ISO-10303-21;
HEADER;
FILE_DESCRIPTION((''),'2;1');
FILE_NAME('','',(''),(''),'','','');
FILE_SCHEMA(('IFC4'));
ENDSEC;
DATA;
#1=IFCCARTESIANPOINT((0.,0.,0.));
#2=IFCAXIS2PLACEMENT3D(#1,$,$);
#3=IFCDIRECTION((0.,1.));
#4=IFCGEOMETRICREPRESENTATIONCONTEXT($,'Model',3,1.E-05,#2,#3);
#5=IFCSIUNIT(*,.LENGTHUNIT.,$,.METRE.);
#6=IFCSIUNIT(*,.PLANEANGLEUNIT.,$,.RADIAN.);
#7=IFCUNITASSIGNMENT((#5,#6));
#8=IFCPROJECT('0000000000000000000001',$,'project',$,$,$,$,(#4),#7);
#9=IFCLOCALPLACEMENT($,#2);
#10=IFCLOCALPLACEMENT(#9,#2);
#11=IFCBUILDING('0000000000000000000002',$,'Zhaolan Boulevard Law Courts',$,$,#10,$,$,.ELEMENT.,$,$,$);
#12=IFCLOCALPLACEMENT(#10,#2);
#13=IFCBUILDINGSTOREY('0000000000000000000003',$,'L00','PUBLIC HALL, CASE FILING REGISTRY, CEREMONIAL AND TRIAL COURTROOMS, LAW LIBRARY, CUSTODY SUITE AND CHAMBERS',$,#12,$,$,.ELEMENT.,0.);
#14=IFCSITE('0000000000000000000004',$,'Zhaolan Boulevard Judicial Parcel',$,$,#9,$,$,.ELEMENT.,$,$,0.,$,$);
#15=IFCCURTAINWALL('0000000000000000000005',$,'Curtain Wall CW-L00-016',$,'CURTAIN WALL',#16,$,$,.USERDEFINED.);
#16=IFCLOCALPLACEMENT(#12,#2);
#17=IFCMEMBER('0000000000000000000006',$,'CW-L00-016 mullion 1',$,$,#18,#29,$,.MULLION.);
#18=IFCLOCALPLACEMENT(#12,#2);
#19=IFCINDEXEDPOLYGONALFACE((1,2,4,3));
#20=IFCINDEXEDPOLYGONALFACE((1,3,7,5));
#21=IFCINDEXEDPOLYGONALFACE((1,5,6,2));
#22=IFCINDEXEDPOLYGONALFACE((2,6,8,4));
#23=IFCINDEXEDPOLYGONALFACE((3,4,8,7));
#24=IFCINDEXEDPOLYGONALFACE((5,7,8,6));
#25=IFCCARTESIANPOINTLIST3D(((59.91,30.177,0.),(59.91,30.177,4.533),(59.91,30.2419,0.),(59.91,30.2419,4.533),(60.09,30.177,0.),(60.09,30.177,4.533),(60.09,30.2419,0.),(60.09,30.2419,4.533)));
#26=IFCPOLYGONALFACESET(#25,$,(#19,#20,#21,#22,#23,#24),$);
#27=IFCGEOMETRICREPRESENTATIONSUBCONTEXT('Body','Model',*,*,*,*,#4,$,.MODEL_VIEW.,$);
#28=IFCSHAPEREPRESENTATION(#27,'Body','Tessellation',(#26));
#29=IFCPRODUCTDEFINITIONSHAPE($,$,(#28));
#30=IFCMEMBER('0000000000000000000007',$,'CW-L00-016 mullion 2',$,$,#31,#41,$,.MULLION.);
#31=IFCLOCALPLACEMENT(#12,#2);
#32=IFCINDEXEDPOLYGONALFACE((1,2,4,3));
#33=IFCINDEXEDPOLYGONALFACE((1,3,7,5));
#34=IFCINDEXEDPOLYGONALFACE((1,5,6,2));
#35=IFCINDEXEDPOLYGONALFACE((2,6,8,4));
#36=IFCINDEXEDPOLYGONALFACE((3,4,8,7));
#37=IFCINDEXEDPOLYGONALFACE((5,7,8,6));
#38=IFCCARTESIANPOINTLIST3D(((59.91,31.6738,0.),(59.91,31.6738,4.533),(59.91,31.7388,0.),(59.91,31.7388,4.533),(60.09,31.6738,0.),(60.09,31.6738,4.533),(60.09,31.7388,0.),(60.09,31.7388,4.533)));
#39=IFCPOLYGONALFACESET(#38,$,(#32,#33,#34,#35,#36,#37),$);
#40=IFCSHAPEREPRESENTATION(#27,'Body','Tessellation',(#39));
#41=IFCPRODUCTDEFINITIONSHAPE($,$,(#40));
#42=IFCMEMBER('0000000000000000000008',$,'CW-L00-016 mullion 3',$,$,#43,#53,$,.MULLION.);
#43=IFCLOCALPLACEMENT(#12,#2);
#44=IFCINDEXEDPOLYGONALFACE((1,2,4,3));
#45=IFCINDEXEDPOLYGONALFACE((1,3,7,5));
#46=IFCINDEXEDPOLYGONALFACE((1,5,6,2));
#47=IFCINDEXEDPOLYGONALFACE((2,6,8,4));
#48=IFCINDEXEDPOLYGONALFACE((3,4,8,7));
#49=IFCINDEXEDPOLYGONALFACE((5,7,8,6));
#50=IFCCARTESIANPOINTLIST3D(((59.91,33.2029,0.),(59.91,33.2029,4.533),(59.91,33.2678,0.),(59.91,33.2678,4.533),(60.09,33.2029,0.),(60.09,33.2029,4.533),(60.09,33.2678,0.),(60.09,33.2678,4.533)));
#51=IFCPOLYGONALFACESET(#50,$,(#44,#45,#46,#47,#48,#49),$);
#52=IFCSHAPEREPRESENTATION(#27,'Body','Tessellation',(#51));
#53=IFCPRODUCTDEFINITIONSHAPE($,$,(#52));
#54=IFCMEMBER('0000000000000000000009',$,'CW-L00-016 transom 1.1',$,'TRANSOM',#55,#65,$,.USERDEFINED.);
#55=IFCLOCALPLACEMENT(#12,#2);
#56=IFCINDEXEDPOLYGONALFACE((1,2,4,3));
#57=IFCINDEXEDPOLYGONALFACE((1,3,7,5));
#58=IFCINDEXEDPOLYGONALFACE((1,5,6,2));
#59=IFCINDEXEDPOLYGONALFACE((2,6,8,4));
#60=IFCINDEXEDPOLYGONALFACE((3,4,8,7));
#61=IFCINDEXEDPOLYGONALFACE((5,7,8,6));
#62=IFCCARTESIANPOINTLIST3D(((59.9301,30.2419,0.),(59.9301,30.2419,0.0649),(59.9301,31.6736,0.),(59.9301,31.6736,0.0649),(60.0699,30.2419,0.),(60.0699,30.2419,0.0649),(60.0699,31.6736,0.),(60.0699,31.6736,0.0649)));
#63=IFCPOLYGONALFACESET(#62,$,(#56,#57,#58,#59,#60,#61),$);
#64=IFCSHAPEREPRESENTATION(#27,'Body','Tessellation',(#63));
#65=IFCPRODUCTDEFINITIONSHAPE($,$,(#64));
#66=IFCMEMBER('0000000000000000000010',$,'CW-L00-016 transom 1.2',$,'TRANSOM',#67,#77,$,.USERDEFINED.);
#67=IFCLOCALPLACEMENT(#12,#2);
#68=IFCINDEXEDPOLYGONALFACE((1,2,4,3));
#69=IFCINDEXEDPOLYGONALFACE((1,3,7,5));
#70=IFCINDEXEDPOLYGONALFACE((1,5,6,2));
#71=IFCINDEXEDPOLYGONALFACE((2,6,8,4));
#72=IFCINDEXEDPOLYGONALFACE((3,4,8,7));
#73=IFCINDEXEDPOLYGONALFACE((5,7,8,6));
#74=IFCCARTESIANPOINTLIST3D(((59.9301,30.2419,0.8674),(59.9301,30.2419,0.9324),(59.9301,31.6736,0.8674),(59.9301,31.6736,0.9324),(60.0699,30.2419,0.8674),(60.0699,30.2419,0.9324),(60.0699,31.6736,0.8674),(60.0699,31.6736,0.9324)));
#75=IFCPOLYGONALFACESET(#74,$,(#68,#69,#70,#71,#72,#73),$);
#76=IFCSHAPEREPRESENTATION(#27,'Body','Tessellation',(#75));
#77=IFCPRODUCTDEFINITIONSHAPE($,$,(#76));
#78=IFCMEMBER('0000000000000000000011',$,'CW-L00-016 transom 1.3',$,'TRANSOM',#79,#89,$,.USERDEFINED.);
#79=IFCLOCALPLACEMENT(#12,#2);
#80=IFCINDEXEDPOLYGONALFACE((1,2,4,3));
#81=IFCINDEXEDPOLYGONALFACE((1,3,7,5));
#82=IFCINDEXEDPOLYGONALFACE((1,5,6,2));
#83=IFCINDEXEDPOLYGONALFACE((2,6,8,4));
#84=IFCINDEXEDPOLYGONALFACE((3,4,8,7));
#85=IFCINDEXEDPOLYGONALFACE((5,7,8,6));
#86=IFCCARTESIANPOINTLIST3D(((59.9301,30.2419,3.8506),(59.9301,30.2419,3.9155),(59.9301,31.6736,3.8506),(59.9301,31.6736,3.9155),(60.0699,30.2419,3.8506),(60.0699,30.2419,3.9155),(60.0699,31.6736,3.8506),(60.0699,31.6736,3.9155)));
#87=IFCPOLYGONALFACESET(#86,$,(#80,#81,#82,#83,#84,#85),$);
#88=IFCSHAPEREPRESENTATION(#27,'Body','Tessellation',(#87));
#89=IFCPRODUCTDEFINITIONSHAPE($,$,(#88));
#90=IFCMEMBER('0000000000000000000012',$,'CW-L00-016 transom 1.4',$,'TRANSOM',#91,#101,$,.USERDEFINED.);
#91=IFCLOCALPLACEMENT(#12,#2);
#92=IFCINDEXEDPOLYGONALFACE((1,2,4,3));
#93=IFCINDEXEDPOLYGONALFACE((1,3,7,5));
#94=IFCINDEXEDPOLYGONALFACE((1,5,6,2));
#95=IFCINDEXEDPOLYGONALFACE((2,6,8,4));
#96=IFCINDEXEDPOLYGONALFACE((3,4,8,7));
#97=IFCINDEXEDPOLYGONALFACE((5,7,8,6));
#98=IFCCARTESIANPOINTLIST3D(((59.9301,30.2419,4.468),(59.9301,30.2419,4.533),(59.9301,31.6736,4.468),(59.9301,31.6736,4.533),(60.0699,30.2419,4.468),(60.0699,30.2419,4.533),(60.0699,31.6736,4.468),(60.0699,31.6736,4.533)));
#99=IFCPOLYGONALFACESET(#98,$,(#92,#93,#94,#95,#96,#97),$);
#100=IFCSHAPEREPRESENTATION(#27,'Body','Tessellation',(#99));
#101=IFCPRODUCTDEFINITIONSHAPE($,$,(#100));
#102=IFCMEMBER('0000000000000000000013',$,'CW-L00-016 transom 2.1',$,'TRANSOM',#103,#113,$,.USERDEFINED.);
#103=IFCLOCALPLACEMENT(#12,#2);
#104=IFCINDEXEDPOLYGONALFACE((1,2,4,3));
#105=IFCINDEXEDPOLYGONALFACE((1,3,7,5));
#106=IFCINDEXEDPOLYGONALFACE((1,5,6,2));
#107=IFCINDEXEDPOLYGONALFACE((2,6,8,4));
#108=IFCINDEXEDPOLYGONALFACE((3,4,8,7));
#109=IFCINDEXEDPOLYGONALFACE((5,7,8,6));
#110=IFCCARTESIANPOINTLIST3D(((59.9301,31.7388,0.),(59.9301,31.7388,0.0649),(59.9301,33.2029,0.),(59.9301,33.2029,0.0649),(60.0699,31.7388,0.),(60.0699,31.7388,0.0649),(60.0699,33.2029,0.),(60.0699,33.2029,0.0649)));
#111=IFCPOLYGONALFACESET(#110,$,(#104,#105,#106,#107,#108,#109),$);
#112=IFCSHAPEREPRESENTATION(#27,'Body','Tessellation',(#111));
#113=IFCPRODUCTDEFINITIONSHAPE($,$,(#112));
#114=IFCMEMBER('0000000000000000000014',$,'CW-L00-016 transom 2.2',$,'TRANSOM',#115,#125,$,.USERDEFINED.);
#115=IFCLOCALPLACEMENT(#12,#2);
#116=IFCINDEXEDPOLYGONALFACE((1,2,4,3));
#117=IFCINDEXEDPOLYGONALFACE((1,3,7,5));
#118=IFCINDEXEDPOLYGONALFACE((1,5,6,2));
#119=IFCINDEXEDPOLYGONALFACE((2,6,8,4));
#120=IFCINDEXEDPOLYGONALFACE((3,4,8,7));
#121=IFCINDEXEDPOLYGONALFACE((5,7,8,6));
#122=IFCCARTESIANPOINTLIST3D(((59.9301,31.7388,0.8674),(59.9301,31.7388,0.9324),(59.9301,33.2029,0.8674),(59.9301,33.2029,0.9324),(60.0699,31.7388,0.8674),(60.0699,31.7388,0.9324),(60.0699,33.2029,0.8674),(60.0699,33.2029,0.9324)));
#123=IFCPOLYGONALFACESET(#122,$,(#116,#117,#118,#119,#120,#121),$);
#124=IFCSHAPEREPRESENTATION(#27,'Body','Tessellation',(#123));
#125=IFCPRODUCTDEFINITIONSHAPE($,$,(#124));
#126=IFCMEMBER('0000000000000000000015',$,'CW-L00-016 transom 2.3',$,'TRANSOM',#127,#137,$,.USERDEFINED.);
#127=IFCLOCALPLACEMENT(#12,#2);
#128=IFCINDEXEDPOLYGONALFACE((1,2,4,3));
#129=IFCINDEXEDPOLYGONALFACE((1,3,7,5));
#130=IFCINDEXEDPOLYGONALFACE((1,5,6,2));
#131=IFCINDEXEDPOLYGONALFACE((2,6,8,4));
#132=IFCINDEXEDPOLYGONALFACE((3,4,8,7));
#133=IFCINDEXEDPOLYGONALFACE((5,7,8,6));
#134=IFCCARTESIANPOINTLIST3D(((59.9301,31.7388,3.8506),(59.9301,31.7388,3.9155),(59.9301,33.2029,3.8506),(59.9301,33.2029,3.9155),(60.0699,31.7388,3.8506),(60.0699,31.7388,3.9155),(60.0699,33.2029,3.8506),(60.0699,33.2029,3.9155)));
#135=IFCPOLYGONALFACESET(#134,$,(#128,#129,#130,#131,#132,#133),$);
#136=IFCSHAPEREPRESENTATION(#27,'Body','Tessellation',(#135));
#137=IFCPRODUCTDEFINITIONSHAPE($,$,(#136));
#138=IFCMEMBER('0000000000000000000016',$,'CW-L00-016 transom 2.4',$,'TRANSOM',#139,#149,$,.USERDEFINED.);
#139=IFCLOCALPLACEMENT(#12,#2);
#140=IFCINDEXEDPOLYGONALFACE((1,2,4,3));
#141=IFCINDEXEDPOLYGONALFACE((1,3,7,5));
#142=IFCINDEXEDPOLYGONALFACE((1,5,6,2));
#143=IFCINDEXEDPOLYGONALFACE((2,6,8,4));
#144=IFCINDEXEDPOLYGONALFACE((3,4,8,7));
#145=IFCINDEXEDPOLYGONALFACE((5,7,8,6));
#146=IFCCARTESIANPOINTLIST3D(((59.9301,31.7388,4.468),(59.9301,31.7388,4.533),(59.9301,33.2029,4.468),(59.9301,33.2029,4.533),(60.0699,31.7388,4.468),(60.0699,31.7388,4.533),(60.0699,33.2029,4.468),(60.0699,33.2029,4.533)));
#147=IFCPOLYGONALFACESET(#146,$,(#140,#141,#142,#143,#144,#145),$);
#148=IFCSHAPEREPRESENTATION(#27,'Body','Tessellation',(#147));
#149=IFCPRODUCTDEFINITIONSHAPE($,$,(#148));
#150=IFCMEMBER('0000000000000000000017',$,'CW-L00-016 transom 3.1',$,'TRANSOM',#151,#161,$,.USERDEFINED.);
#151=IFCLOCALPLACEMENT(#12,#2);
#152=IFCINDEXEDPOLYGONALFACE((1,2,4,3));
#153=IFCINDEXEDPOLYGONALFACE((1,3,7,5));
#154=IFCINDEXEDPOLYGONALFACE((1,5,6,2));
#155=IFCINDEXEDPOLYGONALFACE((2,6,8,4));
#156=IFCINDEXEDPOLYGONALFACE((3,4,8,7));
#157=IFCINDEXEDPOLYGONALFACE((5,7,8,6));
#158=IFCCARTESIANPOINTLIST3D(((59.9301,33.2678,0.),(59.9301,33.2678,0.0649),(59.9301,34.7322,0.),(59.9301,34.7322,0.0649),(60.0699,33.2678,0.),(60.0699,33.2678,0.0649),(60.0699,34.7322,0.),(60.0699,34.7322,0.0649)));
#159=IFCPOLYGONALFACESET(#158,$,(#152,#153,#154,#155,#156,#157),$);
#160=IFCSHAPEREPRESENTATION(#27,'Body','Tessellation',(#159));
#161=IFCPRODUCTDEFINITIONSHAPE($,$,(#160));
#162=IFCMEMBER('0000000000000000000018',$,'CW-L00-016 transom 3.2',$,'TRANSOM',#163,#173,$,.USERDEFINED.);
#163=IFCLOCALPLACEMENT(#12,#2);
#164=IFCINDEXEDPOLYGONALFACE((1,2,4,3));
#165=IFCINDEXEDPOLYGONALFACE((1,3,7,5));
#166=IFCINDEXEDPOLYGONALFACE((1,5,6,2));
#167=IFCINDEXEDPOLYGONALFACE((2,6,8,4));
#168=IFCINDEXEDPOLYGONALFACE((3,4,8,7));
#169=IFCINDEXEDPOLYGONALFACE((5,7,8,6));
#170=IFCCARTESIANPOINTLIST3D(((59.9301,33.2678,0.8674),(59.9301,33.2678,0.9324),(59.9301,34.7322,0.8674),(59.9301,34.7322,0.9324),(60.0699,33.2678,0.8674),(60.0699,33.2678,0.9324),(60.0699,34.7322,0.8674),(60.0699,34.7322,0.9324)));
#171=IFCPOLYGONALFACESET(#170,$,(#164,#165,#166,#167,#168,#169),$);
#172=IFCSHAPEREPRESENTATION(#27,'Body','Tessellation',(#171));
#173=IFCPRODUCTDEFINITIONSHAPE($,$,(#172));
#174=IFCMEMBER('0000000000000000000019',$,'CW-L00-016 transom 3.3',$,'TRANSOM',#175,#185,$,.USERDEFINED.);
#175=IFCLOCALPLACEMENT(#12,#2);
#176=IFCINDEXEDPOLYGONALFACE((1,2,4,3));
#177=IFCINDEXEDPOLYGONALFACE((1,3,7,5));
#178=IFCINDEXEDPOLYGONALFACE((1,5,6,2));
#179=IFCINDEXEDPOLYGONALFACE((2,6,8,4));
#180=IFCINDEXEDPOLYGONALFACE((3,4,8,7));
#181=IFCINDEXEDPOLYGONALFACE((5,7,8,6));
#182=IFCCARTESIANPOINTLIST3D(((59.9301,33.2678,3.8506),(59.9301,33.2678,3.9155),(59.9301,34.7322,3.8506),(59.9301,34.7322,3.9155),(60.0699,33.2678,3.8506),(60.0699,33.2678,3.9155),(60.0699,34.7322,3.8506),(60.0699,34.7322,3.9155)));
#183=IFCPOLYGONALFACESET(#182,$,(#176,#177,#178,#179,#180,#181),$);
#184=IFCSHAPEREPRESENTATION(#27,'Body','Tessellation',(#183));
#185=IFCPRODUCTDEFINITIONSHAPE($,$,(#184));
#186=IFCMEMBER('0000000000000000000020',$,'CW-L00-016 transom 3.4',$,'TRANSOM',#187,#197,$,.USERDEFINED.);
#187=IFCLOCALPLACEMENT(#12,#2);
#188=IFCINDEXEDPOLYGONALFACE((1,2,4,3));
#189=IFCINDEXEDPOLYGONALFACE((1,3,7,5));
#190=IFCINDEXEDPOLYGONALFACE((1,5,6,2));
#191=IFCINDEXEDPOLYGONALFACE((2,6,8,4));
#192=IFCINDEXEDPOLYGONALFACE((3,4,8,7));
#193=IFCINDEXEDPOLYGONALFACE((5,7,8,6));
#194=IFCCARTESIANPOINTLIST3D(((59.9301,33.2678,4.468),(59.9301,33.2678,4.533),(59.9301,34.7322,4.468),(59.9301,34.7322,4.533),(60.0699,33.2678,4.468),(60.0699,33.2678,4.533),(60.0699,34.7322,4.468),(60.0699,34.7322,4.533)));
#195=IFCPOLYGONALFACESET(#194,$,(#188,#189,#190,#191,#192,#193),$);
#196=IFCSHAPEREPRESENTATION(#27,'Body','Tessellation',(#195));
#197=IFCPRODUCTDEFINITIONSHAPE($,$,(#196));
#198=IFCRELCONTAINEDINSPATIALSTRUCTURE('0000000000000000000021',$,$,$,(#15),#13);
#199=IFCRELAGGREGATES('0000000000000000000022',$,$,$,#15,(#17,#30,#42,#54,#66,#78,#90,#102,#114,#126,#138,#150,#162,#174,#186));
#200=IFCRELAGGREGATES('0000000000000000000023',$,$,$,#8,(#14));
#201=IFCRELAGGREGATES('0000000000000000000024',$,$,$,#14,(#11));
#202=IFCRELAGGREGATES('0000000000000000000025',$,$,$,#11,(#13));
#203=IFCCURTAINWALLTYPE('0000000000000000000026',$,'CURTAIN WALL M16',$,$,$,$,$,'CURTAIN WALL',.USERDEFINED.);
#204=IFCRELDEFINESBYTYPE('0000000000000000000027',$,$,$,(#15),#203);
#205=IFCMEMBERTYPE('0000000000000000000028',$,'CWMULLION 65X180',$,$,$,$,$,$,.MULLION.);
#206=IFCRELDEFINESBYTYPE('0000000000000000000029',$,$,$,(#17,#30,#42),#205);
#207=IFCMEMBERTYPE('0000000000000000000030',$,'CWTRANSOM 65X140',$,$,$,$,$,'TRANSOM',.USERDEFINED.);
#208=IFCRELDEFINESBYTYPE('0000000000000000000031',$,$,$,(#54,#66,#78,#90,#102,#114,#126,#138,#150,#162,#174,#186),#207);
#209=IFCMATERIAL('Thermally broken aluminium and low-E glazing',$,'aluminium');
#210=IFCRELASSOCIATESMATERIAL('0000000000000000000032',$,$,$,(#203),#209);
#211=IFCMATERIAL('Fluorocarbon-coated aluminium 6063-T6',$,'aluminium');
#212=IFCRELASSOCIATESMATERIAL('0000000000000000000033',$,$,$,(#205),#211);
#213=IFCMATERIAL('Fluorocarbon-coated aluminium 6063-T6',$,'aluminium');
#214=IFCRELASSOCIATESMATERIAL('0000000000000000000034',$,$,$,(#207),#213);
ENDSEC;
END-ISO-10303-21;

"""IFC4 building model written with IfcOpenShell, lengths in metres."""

from ifc_helpers import new_model, si_unit, direction, frame, origin, origin_2d, place, context, subcontext, project, spatial, rectangle, extrude, material, material_profile, profile_set, type_object, element, aggregate, save


model = new_model("IFC4")

# Units and contexts
model_context = context("Model", 3, precision=1e-05, world=origin(), true_north=direction((0.0, 1.0)))
body_context = subcontext(model_context, "Body", "Model", "MODEL_VIEW")
ifc_project = project(units=[si_unit("LENGTHUNIT", "METRE"), si_unit("PLANEANGLEUNIT", "RADIAN")], contexts=[model_context])

# Site, building, storey
site_placement = place(None, origin())
site = spatial("IfcSite", under=ifc_project, at=site_placement, Name="Zhaolan Boulevard Judicial Parcel", CompositionType="ELEMENT", RefElevation=0.0)
building_placement = place(site_placement, origin())
building = spatial("IfcBuilding", under=site, at=building_placement, Name="Zhaolan Boulevard Law Courts", CompositionType="ELEMENT")
storey_placement = place(building_placement, origin())
storey = spatial("IfcBuildingStorey", under=building, at=storey_placement, Name="L00", Description="PUBLIC HALL, CASE FILING REGISTRY, CEREMONIAL AND TRIAL COURTROOMS, LAW LIBRARY, CUSTODY SUITE AND CHAMBERS", CompositionType="ELEMENT", Elevation=0.0)

# Curtain wall, members
ifc_material_1 = material(Name="Thermally broken aluminium and low-E glazing", Category="aluminium")
curtain_wall_type = type_object("IfcCurtainWallType", Name="CURTAIN WALL M16", ElementType="CURTAIN WALL", PredefinedType="USERDEFINED", material=ifc_material_1)
curtain_wall_placement = place(storey_placement, origin())
curtain_wall = element("IfcCurtainWall", 1, at=curtain_wall_placement, inside=storey, type_object=curtain_wall_type, Name="Curtain Wall CW-L00-016", ObjectType="CURTAIN WALL", PredefinedType="USERDEFINED")
ifc_material_2 = material(Name="Fluorocarbon-coated aluminium 6063-T6", Category="aluminium")
ifc_material_profile_1 = material_profile(ifc_material_2, rectangle(XDim=0.1799, YDim=0.0649, at=origin_2d()), Name="AL65x180")
ifc_profile_set_1 = profile_set([ifc_material_profile_1], Name="Fluorocarbon-coated aluminium 6063-T6")
member_type_1 = type_object("IfcMemberType", Name="CWMULLION 65X180", PredefinedType="MULLION", material=ifc_profile_set_1)
member_1_placement = place(storey_placement, frame((60.0, 30.2095, 0.0), z_axis=(0.0, 0.0, 1.0), x_axis=(-1.0, 0.0, 0.0)))
member_1 = element("IfcMember", 2, at=member_1_placement, type_object=member_type_1, Name="CW-L00-016 mullion 1", PredefinedType="MULLION", context=body_context, shape_type="SweptSolid", body=[
    extrude(rectangle(XDim=0.1799, YDim=0.0649, at=origin_2d()), origin(), (0.0, 0.0, 1.0), 4.533),
])
member_2_placement = place(storey_placement, frame((60.0, 31.7063, 0.0), z_axis=(0.0, 0.0, 1.0), x_axis=(-1.0, 0.0, 0.0)))
member_2 = element("IfcMember", 3, at=member_2_placement, type_object=member_type_1, Name="CW-L00-016 mullion 2", PredefinedType="MULLION", context=body_context, shape_type="SweptSolid", body=[
    extrude(rectangle(XDim=0.1799, YDim=0.0649, at=origin_2d()), origin(), (0.0, 0.0, 1.0), 4.533),
])
member_3_placement = place(storey_placement, frame((60.0, 33.2354, 0.0), z_axis=(0.0, 0.0, 1.0), x_axis=(-1.0, 0.0, 0.0)))
member_3 = element("IfcMember", 4, at=member_3_placement, type_object=member_type_1, Name="CW-L00-016 mullion 3", PredefinedType="MULLION", context=body_context, shape_type="SweptSolid", body=[
    extrude(rectangle(XDim=0.1799, YDim=0.0649, at=origin_2d()), origin(), (0.0, 0.0, 1.0), 4.533),
])
ifc_material_3 = material(Name="Fluorocarbon-coated aluminium 6063-T6", Category="aluminium")
ifc_material_profile_2 = material_profile(ifc_material_3, rectangle(XDim=0.1399, YDim=0.0649, at=origin_2d()), Name="AL65x140")
ifc_profile_set_2 = profile_set([ifc_material_profile_2], Name="Fluorocarbon-coated aluminium 6063-T6")
member_type_2 = type_object("IfcMemberType", Name="CWTRANSOM 65X140", ElementType="TRANSOM", PredefinedType="USERDEFINED", material=ifc_profile_set_2)
member_4_placement = place(storey_placement, frame((60.0, 30.2419, 0.0325), z_axis=(0.0, 1.0, 0.0), x_axis=(-1.0, 0.0, 0.0)))
member_4 = element("IfcMember", 5, at=member_4_placement, type_object=member_type_2, Name="CW-L00-016 transom 1.1", ObjectType="TRANSOM", PredefinedType="USERDEFINED", context=body_context, shape_type="SweptSolid", body=[
    extrude(rectangle(XDim=0.1399, YDim=0.0649, at=origin_2d()), origin(), (0.0, 0.0, 1.0), 1.4316),
])
member_5_placement = place(storey_placement, frame((60.0, 30.2419, 0.8999), z_axis=(0.0, 1.0, 0.0), x_axis=(-1.0, 0.0, 0.0)))
member_5 = element("IfcMember", 6, at=member_5_placement, type_object=member_type_2, Name="CW-L00-016 transom 1.2", ObjectType="TRANSOM", PredefinedType="USERDEFINED", context=body_context, shape_type="SweptSolid", body=[
    extrude(rectangle(XDim=0.1399, YDim=0.0649, at=origin_2d()), origin(), (0.0, 0.0, 1.0), 1.4316),
])
member_6_placement = place(storey_placement, frame((60.0, 30.2419, 3.8831), z_axis=(0.0, 1.0, 0.0), x_axis=(-1.0, 0.0, 0.0)))
member_6 = element("IfcMember", 7, at=member_6_placement, type_object=member_type_2, Name="CW-L00-016 transom 1.3", ObjectType="TRANSOM", PredefinedType="USERDEFINED", context=body_context, shape_type="SweptSolid", body=[
    extrude(rectangle(XDim=0.1399, YDim=0.0649, at=origin_2d()), origin(), (0.0, 0.0, 1.0), 1.4316),
])
member_7_placement = place(storey_placement, frame((60.0, 30.2419, 4.5005), z_axis=(0.0, 1.0, 0.0), x_axis=(-1.0, 0.0, 0.0)))
member_7 = element("IfcMember", 8, at=member_7_placement, type_object=member_type_2, Name="CW-L00-016 transom 1.4", ObjectType="TRANSOM", PredefinedType="USERDEFINED", context=body_context, shape_type="SweptSolid", body=[
    extrude(rectangle(XDim=0.1399, YDim=0.0649, at=origin_2d()), origin(), (0.0, 0.0, 1.0), 1.4316),
])
member_8_placement = place(storey_placement, frame((60.0, 31.7388, 0.0325), z_axis=(0.0, 1.0, 0.0), x_axis=(-1.0, 0.0, 0.0)))
member_8 = element("IfcMember", 9, at=member_8_placement, type_object=member_type_2, Name="CW-L00-016 transom 2.1", ObjectType="TRANSOM", PredefinedType="USERDEFINED", context=body_context, shape_type="SweptSolid", body=[
    extrude(rectangle(XDim=0.1399, YDim=0.0649, at=origin_2d()), origin(), (0.0, 0.0, 1.0), 1.4641),
])
member_9_placement = place(storey_placement, frame((60.0, 31.7388, 0.8999), z_axis=(0.0, 1.0, 0.0), x_axis=(-1.0, 0.0, 0.0)))
member_9 = element("IfcMember", 10, at=member_9_placement, type_object=member_type_2, Name="CW-L00-016 transom 2.2", ObjectType="TRANSOM", PredefinedType="USERDEFINED", context=body_context, shape_type="SweptSolid", body=[
    extrude(rectangle(XDim=0.1399, YDim=0.0649, at=origin_2d()), origin(), (0.0, 0.0, 1.0), 1.4641),
])
member_10_placement = place(storey_placement, frame((60.0, 31.7388, 3.8831), z_axis=(0.0, 1.0, 0.0), x_axis=(-1.0, 0.0, 0.0)))
member_10 = element("IfcMember", 11, at=member_10_placement, type_object=member_type_2, Name="CW-L00-016 transom 2.3", ObjectType="TRANSOM", PredefinedType="USERDEFINED", context=body_context, shape_type="SweptSolid", body=[
    extrude(rectangle(XDim=0.1399, YDim=0.0649, at=origin_2d()), origin(), (0.0, 0.0, 1.0), 1.4641),
])
member_11_placement = place(storey_placement, frame((60.0, 31.7388, 4.5005), z_axis=(0.0, 1.0, 0.0), x_axis=(-1.0, 0.0, 0.0)))
member_11 = element("IfcMember", 12, at=member_11_placement, type_object=member_type_2, Name="CW-L00-016 transom 2.4", ObjectType="TRANSOM", PredefinedType="USERDEFINED", context=body_context, shape_type="SweptSolid", body=[
    extrude(rectangle(XDim=0.1399, YDim=0.0649, at=origin_2d()), origin(), (0.0, 0.0, 1.0), 1.4641),
])
member_12_placement = place(storey_placement, frame((60.0, 33.2678, 0.0325), z_axis=(0.0, 1.0, 0.0), x_axis=(-1.0, 0.0, 0.0)))
member_12 = element("IfcMember", 13, at=member_12_placement, type_object=member_type_2, Name="CW-L00-016 transom 3.1", ObjectType="TRANSOM", PredefinedType="USERDEFINED", context=body_context, shape_type="SweptSolid", body=[
    extrude(rectangle(XDim=0.1399, YDim=0.0649, at=origin_2d()), origin(), (0.0, 0.0, 1.0), 1.4644),
])
member_13_placement = place(storey_placement, frame((60.0, 33.2678, 0.8999), z_axis=(0.0, 1.0, 0.0), x_axis=(-1.0, 0.0, 0.0)))
member_13 = element("IfcMember", 14, at=member_13_placement, type_object=member_type_2, Name="CW-L00-016 transom 3.2", ObjectType="TRANSOM", PredefinedType="USERDEFINED", context=body_context, shape_type="SweptSolid", body=[
    extrude(rectangle(XDim=0.1399, YDim=0.0649, at=origin_2d()), origin(), (0.0, 0.0, 1.0), 1.4644),
])
member_14_placement = place(storey_placement, frame((60.0, 33.2678, 3.8831), z_axis=(0.0, 1.0, 0.0), x_axis=(-1.0, 0.0, 0.0)))
member_14 = element("IfcMember", 15, at=member_14_placement, type_object=member_type_2, Name="CW-L00-016 transom 3.3", ObjectType="TRANSOM", PredefinedType="USERDEFINED", context=body_context, shape_type="SweptSolid", body=[
    extrude(rectangle(XDim=0.1399, YDim=0.0649, at=origin_2d()), origin(), (0.0, 0.0, 1.0), 1.4644),
])
member_15_placement = place(storey_placement, frame((60.0, 33.2678, 4.5005), z_axis=(0.0, 1.0, 0.0), x_axis=(-1.0, 0.0, 0.0)))
member_15 = element("IfcMember", 16, at=member_15_placement, type_object=member_type_2, Name="CW-L00-016 transom 3.4", ObjectType="TRANSOM", PredefinedType="USERDEFINED", context=body_context, shape_type="SweptSolid", body=[
    extrude(rectangle(XDim=0.1399, YDim=0.0649, at=origin_2d()), origin(), (0.0, 0.0, 1.0), 1.4644),
])
aggregate(curtain_wall, [member_1, member_2, member_3, member_4, member_5, member_6, member_7, member_8, member_9, member_10, member_11, member_12, member_13, member_14, member_15])

save(model, "model.ifc")
